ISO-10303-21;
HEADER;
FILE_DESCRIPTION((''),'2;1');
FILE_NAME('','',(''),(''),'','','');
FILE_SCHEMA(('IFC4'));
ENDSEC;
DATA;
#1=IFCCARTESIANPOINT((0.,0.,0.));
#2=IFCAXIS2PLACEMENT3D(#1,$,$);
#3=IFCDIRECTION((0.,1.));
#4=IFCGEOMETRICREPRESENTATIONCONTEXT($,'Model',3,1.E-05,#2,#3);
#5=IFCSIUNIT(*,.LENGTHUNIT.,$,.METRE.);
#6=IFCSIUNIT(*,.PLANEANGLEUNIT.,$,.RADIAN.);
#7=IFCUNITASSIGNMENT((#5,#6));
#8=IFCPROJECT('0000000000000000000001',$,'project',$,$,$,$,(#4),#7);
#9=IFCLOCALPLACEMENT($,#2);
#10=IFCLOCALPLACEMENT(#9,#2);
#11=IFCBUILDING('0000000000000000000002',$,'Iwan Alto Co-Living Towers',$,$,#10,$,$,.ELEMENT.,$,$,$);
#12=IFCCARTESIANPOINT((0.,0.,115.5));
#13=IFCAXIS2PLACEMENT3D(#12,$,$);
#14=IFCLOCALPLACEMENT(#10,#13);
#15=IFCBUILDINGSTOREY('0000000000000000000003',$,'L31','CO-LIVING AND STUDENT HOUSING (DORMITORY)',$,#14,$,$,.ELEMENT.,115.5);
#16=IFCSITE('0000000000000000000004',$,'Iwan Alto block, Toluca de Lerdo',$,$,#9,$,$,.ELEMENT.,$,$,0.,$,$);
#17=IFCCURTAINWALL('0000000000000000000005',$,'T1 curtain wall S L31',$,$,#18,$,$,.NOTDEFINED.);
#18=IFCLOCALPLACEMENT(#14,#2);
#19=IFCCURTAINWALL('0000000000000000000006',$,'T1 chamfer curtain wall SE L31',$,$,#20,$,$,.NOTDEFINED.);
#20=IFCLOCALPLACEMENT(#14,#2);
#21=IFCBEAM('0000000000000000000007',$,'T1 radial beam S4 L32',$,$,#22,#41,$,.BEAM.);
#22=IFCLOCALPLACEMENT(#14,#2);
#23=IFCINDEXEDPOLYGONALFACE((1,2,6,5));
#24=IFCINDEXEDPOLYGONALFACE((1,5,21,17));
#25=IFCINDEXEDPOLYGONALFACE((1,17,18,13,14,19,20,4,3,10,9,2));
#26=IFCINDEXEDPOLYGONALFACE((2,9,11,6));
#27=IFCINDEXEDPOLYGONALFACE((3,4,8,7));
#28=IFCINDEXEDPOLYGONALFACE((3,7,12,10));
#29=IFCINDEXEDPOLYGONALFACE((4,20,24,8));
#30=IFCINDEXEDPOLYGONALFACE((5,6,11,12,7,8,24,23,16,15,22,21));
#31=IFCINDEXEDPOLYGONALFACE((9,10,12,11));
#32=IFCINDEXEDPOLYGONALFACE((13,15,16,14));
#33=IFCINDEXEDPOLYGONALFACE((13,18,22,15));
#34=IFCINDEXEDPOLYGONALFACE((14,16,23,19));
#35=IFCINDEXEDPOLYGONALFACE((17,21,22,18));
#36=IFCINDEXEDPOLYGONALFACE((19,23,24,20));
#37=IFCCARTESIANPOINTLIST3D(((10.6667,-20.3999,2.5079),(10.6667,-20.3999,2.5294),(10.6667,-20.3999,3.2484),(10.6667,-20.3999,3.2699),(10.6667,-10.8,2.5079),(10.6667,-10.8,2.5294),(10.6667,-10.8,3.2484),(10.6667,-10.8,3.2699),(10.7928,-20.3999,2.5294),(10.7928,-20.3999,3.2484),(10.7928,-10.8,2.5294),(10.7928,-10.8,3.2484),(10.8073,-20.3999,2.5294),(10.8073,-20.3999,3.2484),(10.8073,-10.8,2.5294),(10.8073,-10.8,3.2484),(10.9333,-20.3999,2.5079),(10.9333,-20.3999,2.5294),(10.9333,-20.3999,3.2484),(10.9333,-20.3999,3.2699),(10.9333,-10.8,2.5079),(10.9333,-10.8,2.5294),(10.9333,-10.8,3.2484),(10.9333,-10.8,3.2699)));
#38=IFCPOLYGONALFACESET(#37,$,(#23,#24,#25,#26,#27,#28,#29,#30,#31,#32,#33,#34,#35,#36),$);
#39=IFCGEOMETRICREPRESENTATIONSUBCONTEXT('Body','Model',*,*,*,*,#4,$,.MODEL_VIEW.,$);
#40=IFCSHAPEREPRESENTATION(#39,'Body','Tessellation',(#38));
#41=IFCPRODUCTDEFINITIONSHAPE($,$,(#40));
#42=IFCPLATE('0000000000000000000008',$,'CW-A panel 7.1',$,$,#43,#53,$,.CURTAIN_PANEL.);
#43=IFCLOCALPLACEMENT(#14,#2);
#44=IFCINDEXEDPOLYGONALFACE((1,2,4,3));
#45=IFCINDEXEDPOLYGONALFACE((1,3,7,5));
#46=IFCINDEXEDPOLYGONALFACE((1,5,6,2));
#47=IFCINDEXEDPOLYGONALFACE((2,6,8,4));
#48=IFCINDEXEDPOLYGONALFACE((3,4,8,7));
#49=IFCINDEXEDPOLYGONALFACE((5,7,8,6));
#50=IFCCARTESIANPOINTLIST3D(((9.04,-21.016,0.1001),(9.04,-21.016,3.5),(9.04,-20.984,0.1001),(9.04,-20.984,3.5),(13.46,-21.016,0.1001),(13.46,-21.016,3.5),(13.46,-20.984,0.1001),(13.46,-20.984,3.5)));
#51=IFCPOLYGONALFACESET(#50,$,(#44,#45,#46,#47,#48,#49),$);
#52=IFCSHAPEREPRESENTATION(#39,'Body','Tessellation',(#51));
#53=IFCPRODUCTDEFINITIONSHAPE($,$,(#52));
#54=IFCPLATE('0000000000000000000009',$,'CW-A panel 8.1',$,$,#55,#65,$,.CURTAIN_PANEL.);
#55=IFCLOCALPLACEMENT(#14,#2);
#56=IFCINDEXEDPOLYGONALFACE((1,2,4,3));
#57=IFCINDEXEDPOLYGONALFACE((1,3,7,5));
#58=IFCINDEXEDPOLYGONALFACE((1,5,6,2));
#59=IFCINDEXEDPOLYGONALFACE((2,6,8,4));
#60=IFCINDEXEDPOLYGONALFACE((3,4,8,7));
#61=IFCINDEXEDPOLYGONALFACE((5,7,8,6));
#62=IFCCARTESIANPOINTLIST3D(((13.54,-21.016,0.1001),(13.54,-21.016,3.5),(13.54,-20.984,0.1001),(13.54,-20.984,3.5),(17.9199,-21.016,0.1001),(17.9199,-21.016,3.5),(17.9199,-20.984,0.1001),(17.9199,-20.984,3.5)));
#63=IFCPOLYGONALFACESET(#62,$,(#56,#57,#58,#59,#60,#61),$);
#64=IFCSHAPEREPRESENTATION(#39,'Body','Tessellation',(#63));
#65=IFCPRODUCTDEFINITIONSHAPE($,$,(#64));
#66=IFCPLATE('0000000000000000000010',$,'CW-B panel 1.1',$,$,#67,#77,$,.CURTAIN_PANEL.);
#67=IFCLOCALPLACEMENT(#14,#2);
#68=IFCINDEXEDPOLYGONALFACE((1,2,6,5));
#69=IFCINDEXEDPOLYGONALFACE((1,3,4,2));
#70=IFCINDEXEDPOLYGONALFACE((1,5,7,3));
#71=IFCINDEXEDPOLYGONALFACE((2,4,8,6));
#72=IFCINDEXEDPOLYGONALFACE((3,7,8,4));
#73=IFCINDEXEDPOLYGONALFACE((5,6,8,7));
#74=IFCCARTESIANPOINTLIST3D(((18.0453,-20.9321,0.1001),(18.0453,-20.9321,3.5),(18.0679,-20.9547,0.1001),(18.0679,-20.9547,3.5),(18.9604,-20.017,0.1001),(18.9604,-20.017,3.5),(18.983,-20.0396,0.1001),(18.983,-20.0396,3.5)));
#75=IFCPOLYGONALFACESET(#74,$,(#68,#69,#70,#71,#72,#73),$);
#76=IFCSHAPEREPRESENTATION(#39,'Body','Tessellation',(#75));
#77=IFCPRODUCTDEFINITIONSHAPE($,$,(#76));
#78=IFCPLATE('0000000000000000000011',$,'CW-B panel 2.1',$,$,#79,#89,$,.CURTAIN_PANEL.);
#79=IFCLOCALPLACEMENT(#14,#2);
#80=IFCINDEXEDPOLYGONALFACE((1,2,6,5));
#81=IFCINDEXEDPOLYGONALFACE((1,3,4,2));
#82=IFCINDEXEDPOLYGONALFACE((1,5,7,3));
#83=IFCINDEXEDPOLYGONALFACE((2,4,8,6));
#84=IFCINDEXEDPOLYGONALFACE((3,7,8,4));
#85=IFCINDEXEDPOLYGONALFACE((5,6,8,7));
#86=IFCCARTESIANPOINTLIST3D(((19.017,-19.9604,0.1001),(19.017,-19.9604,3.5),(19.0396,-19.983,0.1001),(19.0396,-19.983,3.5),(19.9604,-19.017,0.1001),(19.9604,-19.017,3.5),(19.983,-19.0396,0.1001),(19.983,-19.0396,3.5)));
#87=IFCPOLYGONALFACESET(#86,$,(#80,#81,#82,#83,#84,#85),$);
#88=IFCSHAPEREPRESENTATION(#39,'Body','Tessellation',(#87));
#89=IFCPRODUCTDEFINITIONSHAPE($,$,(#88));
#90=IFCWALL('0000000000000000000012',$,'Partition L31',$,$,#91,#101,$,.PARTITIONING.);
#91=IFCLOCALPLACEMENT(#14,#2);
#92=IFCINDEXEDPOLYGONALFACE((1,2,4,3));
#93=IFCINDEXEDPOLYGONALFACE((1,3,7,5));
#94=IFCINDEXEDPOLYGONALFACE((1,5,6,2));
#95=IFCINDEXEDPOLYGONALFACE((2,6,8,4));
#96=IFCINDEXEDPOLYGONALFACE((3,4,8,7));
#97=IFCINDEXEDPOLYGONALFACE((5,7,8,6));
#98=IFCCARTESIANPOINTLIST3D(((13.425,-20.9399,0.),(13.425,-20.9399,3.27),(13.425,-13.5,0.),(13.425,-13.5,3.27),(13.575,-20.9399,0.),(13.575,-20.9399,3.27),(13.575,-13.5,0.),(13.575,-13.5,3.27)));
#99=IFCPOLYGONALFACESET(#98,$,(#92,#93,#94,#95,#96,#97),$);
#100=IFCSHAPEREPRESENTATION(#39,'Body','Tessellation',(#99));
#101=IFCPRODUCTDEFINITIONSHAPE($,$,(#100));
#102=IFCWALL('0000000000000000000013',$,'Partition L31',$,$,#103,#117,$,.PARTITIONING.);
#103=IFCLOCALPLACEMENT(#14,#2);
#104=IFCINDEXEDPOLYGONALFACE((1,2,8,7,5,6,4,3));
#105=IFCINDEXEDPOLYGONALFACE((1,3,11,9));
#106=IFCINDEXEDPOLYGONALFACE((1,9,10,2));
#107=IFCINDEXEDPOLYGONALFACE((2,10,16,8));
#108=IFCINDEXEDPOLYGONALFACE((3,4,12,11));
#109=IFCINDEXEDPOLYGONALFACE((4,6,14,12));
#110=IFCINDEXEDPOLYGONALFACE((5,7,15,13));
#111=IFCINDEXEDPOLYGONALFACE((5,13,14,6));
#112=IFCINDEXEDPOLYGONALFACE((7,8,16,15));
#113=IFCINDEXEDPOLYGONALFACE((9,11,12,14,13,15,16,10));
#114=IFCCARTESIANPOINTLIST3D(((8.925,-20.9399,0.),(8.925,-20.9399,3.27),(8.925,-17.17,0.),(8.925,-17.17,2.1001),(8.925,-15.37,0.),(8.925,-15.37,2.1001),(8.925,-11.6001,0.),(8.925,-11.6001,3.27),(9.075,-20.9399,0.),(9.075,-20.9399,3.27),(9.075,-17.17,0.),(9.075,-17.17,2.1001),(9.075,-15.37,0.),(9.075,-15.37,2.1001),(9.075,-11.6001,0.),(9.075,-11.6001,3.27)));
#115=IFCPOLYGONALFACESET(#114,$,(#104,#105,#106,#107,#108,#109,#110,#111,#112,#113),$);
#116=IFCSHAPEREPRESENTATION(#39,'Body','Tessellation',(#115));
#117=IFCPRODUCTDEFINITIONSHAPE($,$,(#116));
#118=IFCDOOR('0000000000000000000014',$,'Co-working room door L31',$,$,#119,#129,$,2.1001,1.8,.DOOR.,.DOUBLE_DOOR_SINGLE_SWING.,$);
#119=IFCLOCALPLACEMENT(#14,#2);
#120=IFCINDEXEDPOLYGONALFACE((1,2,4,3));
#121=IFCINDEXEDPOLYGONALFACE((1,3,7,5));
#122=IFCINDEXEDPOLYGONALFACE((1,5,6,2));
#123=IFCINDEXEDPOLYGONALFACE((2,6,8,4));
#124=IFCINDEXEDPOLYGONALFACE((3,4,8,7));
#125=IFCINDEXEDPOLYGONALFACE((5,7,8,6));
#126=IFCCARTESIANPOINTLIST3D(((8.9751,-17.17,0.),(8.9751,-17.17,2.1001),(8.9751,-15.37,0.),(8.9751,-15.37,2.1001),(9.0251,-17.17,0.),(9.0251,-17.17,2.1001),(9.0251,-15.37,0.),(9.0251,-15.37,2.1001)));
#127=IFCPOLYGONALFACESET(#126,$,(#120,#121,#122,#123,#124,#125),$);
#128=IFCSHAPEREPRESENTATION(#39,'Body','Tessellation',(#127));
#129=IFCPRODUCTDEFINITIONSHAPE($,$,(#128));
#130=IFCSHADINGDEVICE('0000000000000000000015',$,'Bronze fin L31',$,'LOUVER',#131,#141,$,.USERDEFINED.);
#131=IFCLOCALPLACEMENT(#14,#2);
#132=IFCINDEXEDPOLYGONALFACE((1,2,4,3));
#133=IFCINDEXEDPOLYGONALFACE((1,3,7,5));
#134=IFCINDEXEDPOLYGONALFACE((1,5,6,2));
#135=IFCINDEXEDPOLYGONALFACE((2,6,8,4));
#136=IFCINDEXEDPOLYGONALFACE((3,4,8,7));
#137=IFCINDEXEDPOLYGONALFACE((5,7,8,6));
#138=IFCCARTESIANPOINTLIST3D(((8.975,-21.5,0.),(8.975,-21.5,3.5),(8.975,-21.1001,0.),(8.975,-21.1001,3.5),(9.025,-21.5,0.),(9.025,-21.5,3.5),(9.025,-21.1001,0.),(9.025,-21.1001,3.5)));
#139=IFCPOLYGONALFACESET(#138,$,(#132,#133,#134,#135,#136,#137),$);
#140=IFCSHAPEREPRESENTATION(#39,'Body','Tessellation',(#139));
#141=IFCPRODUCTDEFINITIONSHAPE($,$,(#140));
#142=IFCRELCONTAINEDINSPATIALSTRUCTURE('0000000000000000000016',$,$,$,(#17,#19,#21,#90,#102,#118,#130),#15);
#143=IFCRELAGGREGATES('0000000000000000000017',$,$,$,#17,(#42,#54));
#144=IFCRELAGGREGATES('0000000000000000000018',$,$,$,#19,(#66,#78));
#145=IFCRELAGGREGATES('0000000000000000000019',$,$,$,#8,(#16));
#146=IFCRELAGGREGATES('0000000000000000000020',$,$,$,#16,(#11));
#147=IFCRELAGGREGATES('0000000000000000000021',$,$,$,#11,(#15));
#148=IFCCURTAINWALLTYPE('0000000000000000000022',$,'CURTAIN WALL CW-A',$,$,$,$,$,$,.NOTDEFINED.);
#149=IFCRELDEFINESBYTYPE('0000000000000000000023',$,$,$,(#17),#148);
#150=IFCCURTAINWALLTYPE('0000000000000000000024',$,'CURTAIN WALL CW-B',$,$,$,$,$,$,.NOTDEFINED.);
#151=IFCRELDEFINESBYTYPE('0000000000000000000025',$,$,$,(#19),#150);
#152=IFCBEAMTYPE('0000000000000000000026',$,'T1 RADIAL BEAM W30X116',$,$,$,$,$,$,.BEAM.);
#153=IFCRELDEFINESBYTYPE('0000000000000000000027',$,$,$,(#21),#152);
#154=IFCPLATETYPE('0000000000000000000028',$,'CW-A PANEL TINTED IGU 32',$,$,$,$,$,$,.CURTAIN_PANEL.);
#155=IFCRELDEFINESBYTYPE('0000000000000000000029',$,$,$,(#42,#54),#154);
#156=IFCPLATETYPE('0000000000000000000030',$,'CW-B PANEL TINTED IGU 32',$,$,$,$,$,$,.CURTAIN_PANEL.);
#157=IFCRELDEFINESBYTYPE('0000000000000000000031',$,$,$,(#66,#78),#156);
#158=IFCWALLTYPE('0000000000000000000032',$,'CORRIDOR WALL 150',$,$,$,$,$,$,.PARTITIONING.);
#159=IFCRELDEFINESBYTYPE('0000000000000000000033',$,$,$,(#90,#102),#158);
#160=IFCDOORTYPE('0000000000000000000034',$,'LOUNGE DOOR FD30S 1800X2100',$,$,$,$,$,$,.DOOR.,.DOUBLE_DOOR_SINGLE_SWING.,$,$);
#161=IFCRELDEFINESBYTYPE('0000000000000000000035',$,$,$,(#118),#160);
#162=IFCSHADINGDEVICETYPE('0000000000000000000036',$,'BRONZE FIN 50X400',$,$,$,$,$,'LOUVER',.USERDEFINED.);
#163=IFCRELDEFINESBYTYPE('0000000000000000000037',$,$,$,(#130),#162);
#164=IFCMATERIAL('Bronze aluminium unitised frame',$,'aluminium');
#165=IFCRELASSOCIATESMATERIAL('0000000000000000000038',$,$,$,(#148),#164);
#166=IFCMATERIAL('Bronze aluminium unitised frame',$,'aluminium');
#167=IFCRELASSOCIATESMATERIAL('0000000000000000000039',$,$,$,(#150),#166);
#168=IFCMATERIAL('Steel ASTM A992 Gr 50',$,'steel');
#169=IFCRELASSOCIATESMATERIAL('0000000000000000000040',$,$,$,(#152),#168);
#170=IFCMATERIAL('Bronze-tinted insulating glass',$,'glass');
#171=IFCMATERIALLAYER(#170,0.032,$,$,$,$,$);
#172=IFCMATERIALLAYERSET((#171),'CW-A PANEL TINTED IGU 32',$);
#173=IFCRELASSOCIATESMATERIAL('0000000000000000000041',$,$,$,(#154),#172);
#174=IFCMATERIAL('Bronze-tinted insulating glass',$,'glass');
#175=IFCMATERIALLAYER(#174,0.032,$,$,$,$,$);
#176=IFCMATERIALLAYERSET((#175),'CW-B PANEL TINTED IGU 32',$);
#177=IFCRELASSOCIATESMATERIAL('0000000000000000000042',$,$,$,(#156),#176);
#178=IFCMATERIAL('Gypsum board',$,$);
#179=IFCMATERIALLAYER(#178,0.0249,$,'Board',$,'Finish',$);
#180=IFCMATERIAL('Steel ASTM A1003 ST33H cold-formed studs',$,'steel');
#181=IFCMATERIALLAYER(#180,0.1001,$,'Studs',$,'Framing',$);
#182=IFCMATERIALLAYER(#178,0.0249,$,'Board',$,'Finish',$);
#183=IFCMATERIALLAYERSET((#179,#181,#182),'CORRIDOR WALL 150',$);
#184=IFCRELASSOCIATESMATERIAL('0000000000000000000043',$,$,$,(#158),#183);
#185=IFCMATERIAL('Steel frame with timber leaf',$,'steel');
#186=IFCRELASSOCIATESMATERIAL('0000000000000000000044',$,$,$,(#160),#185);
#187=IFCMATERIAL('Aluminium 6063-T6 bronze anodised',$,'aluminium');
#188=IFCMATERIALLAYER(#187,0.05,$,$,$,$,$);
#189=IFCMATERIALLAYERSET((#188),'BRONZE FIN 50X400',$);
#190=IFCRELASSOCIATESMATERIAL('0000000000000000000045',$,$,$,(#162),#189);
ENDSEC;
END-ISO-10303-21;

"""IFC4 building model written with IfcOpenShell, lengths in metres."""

from ifc_helpers import new_model, si_unit, direction, frame, frame_2d, origin, origin_2d, place, context, subcontext, project, spatial, rectangle, i_section, extrude, material, layer, layer_set, material_profile, profile_set, type_object, element, fill, aggregate, save


model = new_model("IFC4")

# Units and contexts
model_context = context("Model", 3, precision=1e-05, world=origin(), true_north=direction((0.0, 1.0)))
body_context = subcontext(model_context, "Body", "Model", "MODEL_VIEW")
ifc_project = project(units=[si_unit("LENGTHUNIT", "METRE"), si_unit("PLANEANGLEUNIT", "RADIAN")], contexts=[model_context])

# Site, building, storey
site_placement = place(None, origin())
site = spatial("IfcSite", under=ifc_project, at=site_placement, Name="Iwan Alto block, Toluca de Lerdo", CompositionType="ELEMENT", RefElevation=0.0)
building_placement = place(site_placement, origin())
building = spatial("IfcBuilding", under=site, at=building_placement, Name="Iwan Alto Co-Living Towers", CompositionType="ELEMENT")
storey_placement = place(building_placement, frame((0.0, 0.0, 115.5)))
storey = spatial("IfcBuildingStorey", under=building, at=storey_placement, Name="L31", Description="CO-LIVING AND STUDENT HOUSING (DORMITORY)", CompositionType="ELEMENT", Elevation=115.5)

# Curtain walls
ifc_material_1 = material(Name="Bronze aluminium unitised frame", Category="aluminium")
curtain_wall_type_1 = type_object("IfcCurtainWallType", Name="CURTAIN WALL CW-A", PredefinedType="NOTDEFINED", material=ifc_material_1)
curtain_wall_1_placement = place(storey_placement, origin())
curtain_wall_1 = element("IfcCurtainWall", 1, at=curtain_wall_1_placement, inside=storey, type_object=curtain_wall_type_1, Name="T1 curtain wall S L31", PredefinedType="NOTDEFINED")
ifc_material_2 = material(Name="Bronze aluminium unitised frame", Category="aluminium")
curtain_wall_type_2 = type_object("IfcCurtainWallType", Name="CURTAIN WALL CW-B", PredefinedType="NOTDEFINED", material=ifc_material_2)
curtain_wall_2_placement = place(storey_placement, origin())
curtain_wall_2 = element("IfcCurtainWall", 2, at=curtain_wall_2_placement, inside=storey, type_object=curtain_wall_type_2, Name="T1 chamfer curtain wall SE L31", PredefinedType="NOTDEFINED")

# Beam
ifc_material_3 = material(Name="Steel ASTM A992 Gr 50", Category="steel")
ifc_material_profile_1 = material_profile(ifc_material_3, i_section(OverallWidth=0.2666, OverallDepth=0.762, WebThickness=0.0144, FlangeThickness=0.0215, at=origin_2d()), Name="W30X116")
ifc_profile_set_1 = profile_set([ifc_material_profile_1], Name="Steel ASTM A992 Gr 50")
beam_type_1 = type_object("IfcBeamType", Name="T1 RADIAL BEAM W30X116", PredefinedType="BEAM", material=ifc_profile_set_1)
beam_1_placement = place(storey_placement, frame((10.8, -20.3999, 2.8889), z_axis=(0.0, 1.0, 0.0), x_axis=(-1.0, 0.0, 0.0)))
element("IfcBeam", 3, at=beam_1_placement, inside=storey, type_object=beam_type_1, Name="T1 radial beam S4 L32", PredefinedType="BEAM", context=body_context, shape_type="SweptSolid", body=[
    extrude(i_section(OverallWidth=0.2666, OverallDepth=0.762, WebThickness=0.0144, FlangeThickness=0.0215, at=origin_2d()), origin(), (0.0, 0.0, 1.0), 9.5999),
])

# Plates
ifc_material_4 = material(Name="Bronze-tinted insulating glass", Category="glass")
ifc_layer_1 = layer(ifc_material_4, 0.032)
ifc_layer_set_1 = layer_set([ifc_layer_1], Name="CW-A PANEL TINTED IGU 32")
plate_type_1 = type_object("IfcPlateType", Name="CW-A PANEL TINTED IGU 32", PredefinedType="CURTAIN_PANEL", material=ifc_layer_set_1)
plate_1_placement = place(storey_placement, frame((11.25, -21.0, 0.1001), z_axis=(0.0, 0.0, 1.0), x_axis=(1.0, 0.0, 0.0)))
plate_1 = element("IfcPlate", 4, at=plate_1_placement, type_object=plate_type_1, Name="CW-A panel 7.1", PredefinedType="CURTAIN_PANEL", context=body_context, shape_type="SweptSolid", body=[
    extrude(rectangle(XDim=4.4199, YDim=0.032, at=origin_2d()), origin(), (0.0, 0.0, 1.0), 3.3999),
])
plate_2_placement = place(storey_placement, frame((15.73, -21.0, 0.1001), z_axis=(0.0, 0.0, 1.0), x_axis=(1.0, 0.0, 0.0)))
plate_2 = element("IfcPlate", 5, at=plate_2_placement, type_object=plate_type_1, Name="CW-A panel 8.1", PredefinedType="CURTAIN_PANEL", context=body_context, shape_type="SweptSolid", body=[
    extrude(rectangle(XDim=4.3799, YDim=0.032, at=origin_2d()), origin(), (0.0, 0.0, 1.0), 3.3999),
])
aggregate(curtain_wall_1, [plate_1, plate_2])
ifc_material_5 = material(Name="Bronze-tinted insulating glass", Category="glass")
ifc_layer_2 = layer(ifc_material_5, 0.032)
ifc_layer_set_2 = layer_set([ifc_layer_2], Name="CW-B PANEL TINTED IGU 32")
plate_type_2 = type_object("IfcPlateType", Name="CW-B PANEL TINTED IGU 32", PredefinedType="CURTAIN_PANEL", material=ifc_layer_set_2)
plate_3_placement = place(storey_placement, frame((18.5142, -20.4858, 0.1001), z_axis=(0.0, 0.0, 1.0), x_axis=(0.707107, 0.707107, 0.0)))
plate_3 = element("IfcPlate", 6, at=plate_3_placement, type_object=plate_type_2, Name="CW-B panel 1.1", PredefinedType="CURTAIN_PANEL", context=body_context, shape_type="SweptSolid", body=[
    extrude(rectangle(XDim=1.2942, YDim=0.032, at=origin_2d()), origin(), (0.0, 0.0, 1.0), 3.3999),
])
plate_4_placement = place(storey_placement, frame((19.5, -19.5, 0.1001), z_axis=(0.0, 0.0, 1.0), x_axis=(0.707107, 0.707107, 0.0)))
plate_4 = element("IfcPlate", 7, at=plate_4_placement, type_object=plate_type_2, Name="CW-B panel 2.1", PredefinedType="CURTAIN_PANEL", context=body_context, shape_type="SweptSolid", body=[
    extrude(rectangle(XDim=1.3342, YDim=0.032, at=origin_2d()), origin(), (0.0, 0.0, 1.0), 3.3999),
])
aggregate(curtain_wall_2, [plate_3, plate_4])

# Wall
ifc_material_6 = material(Name="Gypsum board")
ifc_layer_3 = layer(ifc_material_6, 0.0249, Name="Board", Category="Finish")
ifc_material_7 = material(Name="Steel ASTM A1003 ST33H cold-formed studs", Category="steel")
ifc_layer_4 = layer(ifc_material_7, 0.1001, Name="Studs", Category="Framing")
ifc_layer_5 = layer(ifc_material_6, 0.0249, Name="Board", Category="Finish")
ifc_layer_set_3 = layer_set([ifc_layer_3, ifc_layer_4, ifc_layer_5], Name="CORRIDOR WALL 150")
wall_type = type_object("IfcWallType", Name="CORRIDOR WALL 150", PredefinedType="PARTITIONING", material=ifc_layer_set_3)
wall_1_placement = place(storey_placement, frame((13.5, -20.9399, 0.0), z_axis=(0.0, 0.0, 1.0), x_axis=(0.0, 1.0, 0.0)))
element("IfcWall", 8, at=wall_1_placement, inside=storey, type_object=wall_type, Name="Partition L31", PredefinedType="PARTITIONING", context=body_context, shape_type="SweptSolid", body=[
    extrude(rectangle(XDim=7.4399, YDim=0.1499, at=frame_2d((3.72, 0.0))), origin(), (0.0, 0.0, 1.0), 3.27),
])

# Wall, opening, door
wall_2_placement = place(storey_placement, frame((9.0, -20.9399, 0.0), z_axis=(0.0, 0.0, 1.0), x_axis=(0.0, 1.0, 0.0)))
wall_2 = element("IfcWall", 9, at=wall_2_placement, inside=storey, type_object=wall_type, Name="Partition L31", PredefinedType="PARTITIONING", context=body_context, shape_type="SweptSolid", body=[
    extrude(rectangle(XDim=9.3398, YDim=0.1499, at=frame_2d((4.6699, 0.0))), origin(), (0.0, 0.0, 1.0), 3.27),
])
opening_placement = place(wall_2_placement, frame((3.77, 0.0, 0.0)))
opening = element("IfcOpeningElement", 10, at=opening_placement, cuts=wall_2, PredefinedType="OPENING", context=body_context, shape_type="SweptSolid", body=[
    extrude(rectangle(XDim=1.8, YDim=2.1001, at=frame_2d((0.8999, 1.05))), frame((0.0, 0.085, 0.0), z_axis=(0.0, -1.0, 0.0), x_axis=(1.0, 0.0, 0.0)), (0.0, 0.0, 1.0), 0.1699),
])
ifc_material_8 = material(Name="Steel frame with timber leaf", Category="steel")
door_type = type_object("IfcDoorType", Name="LOUNGE DOOR FD30S 1800X2100", OperationType="DOUBLE_DOOR_SINGLE_SWING", PredefinedType="DOOR", material=ifc_material_8)
door_placement = place(opening_placement, origin())
door = element("IfcDoor", 11, at=door_placement, inside=storey, type_object=door_type, Name="Co-working room door L31", OperationType="DOUBLE_DOOR_SINGLE_SWING", OverallHeight=2.1001, OverallWidth=1.8, PredefinedType="DOOR", context=body_context, shape_type="SweptSolid", body=[
    extrude(rectangle(XDim=1.8, YDim=2.1001, at=frame_2d((0.8999, 1.05))), frame((0.0, 0.0249, 0.0), z_axis=(0.0, -1.0, 0.0), x_axis=(1.0, 0.0, 0.0)), (0.0, 0.0, 1.0), 0.05),
])
fill(opening, door)

# Shading device
ifc_material_9 = material(Name="Aluminium 6063-T6 bronze anodised", Category="aluminium")
ifc_layer_6 = layer(ifc_material_9, 0.05)
ifc_layer_set_4 = layer_set([ifc_layer_6], Name="BRONZE FIN 50X400")
shading_device_type = type_object("IfcShadingDeviceType", Name="BRONZE FIN 50X400", ElementType="LOUVER", PredefinedType="USERDEFINED", material=ifc_layer_set_4)
shading_device_placement = place(storey_placement, frame((9.0, -21.3, 0.0), z_axis=(0.0, 0.0, 1.0), x_axis=(1.0, 0.0, 0.0)))
element("IfcShadingDevice", 12, at=shading_device_placement, inside=storey, type_object=shading_device_type, Name="Bronze fin L31", ObjectType="LOUVER", PredefinedType="USERDEFINED", context=body_context, shape_type="SweptSolid", body=[
    extrude(rectangle(XDim=0.05, YDim=0.3999, at=origin_2d()), origin(), (0.0, 0.0, 1.0), 3.5),
])

save(model, "model.ifc")
